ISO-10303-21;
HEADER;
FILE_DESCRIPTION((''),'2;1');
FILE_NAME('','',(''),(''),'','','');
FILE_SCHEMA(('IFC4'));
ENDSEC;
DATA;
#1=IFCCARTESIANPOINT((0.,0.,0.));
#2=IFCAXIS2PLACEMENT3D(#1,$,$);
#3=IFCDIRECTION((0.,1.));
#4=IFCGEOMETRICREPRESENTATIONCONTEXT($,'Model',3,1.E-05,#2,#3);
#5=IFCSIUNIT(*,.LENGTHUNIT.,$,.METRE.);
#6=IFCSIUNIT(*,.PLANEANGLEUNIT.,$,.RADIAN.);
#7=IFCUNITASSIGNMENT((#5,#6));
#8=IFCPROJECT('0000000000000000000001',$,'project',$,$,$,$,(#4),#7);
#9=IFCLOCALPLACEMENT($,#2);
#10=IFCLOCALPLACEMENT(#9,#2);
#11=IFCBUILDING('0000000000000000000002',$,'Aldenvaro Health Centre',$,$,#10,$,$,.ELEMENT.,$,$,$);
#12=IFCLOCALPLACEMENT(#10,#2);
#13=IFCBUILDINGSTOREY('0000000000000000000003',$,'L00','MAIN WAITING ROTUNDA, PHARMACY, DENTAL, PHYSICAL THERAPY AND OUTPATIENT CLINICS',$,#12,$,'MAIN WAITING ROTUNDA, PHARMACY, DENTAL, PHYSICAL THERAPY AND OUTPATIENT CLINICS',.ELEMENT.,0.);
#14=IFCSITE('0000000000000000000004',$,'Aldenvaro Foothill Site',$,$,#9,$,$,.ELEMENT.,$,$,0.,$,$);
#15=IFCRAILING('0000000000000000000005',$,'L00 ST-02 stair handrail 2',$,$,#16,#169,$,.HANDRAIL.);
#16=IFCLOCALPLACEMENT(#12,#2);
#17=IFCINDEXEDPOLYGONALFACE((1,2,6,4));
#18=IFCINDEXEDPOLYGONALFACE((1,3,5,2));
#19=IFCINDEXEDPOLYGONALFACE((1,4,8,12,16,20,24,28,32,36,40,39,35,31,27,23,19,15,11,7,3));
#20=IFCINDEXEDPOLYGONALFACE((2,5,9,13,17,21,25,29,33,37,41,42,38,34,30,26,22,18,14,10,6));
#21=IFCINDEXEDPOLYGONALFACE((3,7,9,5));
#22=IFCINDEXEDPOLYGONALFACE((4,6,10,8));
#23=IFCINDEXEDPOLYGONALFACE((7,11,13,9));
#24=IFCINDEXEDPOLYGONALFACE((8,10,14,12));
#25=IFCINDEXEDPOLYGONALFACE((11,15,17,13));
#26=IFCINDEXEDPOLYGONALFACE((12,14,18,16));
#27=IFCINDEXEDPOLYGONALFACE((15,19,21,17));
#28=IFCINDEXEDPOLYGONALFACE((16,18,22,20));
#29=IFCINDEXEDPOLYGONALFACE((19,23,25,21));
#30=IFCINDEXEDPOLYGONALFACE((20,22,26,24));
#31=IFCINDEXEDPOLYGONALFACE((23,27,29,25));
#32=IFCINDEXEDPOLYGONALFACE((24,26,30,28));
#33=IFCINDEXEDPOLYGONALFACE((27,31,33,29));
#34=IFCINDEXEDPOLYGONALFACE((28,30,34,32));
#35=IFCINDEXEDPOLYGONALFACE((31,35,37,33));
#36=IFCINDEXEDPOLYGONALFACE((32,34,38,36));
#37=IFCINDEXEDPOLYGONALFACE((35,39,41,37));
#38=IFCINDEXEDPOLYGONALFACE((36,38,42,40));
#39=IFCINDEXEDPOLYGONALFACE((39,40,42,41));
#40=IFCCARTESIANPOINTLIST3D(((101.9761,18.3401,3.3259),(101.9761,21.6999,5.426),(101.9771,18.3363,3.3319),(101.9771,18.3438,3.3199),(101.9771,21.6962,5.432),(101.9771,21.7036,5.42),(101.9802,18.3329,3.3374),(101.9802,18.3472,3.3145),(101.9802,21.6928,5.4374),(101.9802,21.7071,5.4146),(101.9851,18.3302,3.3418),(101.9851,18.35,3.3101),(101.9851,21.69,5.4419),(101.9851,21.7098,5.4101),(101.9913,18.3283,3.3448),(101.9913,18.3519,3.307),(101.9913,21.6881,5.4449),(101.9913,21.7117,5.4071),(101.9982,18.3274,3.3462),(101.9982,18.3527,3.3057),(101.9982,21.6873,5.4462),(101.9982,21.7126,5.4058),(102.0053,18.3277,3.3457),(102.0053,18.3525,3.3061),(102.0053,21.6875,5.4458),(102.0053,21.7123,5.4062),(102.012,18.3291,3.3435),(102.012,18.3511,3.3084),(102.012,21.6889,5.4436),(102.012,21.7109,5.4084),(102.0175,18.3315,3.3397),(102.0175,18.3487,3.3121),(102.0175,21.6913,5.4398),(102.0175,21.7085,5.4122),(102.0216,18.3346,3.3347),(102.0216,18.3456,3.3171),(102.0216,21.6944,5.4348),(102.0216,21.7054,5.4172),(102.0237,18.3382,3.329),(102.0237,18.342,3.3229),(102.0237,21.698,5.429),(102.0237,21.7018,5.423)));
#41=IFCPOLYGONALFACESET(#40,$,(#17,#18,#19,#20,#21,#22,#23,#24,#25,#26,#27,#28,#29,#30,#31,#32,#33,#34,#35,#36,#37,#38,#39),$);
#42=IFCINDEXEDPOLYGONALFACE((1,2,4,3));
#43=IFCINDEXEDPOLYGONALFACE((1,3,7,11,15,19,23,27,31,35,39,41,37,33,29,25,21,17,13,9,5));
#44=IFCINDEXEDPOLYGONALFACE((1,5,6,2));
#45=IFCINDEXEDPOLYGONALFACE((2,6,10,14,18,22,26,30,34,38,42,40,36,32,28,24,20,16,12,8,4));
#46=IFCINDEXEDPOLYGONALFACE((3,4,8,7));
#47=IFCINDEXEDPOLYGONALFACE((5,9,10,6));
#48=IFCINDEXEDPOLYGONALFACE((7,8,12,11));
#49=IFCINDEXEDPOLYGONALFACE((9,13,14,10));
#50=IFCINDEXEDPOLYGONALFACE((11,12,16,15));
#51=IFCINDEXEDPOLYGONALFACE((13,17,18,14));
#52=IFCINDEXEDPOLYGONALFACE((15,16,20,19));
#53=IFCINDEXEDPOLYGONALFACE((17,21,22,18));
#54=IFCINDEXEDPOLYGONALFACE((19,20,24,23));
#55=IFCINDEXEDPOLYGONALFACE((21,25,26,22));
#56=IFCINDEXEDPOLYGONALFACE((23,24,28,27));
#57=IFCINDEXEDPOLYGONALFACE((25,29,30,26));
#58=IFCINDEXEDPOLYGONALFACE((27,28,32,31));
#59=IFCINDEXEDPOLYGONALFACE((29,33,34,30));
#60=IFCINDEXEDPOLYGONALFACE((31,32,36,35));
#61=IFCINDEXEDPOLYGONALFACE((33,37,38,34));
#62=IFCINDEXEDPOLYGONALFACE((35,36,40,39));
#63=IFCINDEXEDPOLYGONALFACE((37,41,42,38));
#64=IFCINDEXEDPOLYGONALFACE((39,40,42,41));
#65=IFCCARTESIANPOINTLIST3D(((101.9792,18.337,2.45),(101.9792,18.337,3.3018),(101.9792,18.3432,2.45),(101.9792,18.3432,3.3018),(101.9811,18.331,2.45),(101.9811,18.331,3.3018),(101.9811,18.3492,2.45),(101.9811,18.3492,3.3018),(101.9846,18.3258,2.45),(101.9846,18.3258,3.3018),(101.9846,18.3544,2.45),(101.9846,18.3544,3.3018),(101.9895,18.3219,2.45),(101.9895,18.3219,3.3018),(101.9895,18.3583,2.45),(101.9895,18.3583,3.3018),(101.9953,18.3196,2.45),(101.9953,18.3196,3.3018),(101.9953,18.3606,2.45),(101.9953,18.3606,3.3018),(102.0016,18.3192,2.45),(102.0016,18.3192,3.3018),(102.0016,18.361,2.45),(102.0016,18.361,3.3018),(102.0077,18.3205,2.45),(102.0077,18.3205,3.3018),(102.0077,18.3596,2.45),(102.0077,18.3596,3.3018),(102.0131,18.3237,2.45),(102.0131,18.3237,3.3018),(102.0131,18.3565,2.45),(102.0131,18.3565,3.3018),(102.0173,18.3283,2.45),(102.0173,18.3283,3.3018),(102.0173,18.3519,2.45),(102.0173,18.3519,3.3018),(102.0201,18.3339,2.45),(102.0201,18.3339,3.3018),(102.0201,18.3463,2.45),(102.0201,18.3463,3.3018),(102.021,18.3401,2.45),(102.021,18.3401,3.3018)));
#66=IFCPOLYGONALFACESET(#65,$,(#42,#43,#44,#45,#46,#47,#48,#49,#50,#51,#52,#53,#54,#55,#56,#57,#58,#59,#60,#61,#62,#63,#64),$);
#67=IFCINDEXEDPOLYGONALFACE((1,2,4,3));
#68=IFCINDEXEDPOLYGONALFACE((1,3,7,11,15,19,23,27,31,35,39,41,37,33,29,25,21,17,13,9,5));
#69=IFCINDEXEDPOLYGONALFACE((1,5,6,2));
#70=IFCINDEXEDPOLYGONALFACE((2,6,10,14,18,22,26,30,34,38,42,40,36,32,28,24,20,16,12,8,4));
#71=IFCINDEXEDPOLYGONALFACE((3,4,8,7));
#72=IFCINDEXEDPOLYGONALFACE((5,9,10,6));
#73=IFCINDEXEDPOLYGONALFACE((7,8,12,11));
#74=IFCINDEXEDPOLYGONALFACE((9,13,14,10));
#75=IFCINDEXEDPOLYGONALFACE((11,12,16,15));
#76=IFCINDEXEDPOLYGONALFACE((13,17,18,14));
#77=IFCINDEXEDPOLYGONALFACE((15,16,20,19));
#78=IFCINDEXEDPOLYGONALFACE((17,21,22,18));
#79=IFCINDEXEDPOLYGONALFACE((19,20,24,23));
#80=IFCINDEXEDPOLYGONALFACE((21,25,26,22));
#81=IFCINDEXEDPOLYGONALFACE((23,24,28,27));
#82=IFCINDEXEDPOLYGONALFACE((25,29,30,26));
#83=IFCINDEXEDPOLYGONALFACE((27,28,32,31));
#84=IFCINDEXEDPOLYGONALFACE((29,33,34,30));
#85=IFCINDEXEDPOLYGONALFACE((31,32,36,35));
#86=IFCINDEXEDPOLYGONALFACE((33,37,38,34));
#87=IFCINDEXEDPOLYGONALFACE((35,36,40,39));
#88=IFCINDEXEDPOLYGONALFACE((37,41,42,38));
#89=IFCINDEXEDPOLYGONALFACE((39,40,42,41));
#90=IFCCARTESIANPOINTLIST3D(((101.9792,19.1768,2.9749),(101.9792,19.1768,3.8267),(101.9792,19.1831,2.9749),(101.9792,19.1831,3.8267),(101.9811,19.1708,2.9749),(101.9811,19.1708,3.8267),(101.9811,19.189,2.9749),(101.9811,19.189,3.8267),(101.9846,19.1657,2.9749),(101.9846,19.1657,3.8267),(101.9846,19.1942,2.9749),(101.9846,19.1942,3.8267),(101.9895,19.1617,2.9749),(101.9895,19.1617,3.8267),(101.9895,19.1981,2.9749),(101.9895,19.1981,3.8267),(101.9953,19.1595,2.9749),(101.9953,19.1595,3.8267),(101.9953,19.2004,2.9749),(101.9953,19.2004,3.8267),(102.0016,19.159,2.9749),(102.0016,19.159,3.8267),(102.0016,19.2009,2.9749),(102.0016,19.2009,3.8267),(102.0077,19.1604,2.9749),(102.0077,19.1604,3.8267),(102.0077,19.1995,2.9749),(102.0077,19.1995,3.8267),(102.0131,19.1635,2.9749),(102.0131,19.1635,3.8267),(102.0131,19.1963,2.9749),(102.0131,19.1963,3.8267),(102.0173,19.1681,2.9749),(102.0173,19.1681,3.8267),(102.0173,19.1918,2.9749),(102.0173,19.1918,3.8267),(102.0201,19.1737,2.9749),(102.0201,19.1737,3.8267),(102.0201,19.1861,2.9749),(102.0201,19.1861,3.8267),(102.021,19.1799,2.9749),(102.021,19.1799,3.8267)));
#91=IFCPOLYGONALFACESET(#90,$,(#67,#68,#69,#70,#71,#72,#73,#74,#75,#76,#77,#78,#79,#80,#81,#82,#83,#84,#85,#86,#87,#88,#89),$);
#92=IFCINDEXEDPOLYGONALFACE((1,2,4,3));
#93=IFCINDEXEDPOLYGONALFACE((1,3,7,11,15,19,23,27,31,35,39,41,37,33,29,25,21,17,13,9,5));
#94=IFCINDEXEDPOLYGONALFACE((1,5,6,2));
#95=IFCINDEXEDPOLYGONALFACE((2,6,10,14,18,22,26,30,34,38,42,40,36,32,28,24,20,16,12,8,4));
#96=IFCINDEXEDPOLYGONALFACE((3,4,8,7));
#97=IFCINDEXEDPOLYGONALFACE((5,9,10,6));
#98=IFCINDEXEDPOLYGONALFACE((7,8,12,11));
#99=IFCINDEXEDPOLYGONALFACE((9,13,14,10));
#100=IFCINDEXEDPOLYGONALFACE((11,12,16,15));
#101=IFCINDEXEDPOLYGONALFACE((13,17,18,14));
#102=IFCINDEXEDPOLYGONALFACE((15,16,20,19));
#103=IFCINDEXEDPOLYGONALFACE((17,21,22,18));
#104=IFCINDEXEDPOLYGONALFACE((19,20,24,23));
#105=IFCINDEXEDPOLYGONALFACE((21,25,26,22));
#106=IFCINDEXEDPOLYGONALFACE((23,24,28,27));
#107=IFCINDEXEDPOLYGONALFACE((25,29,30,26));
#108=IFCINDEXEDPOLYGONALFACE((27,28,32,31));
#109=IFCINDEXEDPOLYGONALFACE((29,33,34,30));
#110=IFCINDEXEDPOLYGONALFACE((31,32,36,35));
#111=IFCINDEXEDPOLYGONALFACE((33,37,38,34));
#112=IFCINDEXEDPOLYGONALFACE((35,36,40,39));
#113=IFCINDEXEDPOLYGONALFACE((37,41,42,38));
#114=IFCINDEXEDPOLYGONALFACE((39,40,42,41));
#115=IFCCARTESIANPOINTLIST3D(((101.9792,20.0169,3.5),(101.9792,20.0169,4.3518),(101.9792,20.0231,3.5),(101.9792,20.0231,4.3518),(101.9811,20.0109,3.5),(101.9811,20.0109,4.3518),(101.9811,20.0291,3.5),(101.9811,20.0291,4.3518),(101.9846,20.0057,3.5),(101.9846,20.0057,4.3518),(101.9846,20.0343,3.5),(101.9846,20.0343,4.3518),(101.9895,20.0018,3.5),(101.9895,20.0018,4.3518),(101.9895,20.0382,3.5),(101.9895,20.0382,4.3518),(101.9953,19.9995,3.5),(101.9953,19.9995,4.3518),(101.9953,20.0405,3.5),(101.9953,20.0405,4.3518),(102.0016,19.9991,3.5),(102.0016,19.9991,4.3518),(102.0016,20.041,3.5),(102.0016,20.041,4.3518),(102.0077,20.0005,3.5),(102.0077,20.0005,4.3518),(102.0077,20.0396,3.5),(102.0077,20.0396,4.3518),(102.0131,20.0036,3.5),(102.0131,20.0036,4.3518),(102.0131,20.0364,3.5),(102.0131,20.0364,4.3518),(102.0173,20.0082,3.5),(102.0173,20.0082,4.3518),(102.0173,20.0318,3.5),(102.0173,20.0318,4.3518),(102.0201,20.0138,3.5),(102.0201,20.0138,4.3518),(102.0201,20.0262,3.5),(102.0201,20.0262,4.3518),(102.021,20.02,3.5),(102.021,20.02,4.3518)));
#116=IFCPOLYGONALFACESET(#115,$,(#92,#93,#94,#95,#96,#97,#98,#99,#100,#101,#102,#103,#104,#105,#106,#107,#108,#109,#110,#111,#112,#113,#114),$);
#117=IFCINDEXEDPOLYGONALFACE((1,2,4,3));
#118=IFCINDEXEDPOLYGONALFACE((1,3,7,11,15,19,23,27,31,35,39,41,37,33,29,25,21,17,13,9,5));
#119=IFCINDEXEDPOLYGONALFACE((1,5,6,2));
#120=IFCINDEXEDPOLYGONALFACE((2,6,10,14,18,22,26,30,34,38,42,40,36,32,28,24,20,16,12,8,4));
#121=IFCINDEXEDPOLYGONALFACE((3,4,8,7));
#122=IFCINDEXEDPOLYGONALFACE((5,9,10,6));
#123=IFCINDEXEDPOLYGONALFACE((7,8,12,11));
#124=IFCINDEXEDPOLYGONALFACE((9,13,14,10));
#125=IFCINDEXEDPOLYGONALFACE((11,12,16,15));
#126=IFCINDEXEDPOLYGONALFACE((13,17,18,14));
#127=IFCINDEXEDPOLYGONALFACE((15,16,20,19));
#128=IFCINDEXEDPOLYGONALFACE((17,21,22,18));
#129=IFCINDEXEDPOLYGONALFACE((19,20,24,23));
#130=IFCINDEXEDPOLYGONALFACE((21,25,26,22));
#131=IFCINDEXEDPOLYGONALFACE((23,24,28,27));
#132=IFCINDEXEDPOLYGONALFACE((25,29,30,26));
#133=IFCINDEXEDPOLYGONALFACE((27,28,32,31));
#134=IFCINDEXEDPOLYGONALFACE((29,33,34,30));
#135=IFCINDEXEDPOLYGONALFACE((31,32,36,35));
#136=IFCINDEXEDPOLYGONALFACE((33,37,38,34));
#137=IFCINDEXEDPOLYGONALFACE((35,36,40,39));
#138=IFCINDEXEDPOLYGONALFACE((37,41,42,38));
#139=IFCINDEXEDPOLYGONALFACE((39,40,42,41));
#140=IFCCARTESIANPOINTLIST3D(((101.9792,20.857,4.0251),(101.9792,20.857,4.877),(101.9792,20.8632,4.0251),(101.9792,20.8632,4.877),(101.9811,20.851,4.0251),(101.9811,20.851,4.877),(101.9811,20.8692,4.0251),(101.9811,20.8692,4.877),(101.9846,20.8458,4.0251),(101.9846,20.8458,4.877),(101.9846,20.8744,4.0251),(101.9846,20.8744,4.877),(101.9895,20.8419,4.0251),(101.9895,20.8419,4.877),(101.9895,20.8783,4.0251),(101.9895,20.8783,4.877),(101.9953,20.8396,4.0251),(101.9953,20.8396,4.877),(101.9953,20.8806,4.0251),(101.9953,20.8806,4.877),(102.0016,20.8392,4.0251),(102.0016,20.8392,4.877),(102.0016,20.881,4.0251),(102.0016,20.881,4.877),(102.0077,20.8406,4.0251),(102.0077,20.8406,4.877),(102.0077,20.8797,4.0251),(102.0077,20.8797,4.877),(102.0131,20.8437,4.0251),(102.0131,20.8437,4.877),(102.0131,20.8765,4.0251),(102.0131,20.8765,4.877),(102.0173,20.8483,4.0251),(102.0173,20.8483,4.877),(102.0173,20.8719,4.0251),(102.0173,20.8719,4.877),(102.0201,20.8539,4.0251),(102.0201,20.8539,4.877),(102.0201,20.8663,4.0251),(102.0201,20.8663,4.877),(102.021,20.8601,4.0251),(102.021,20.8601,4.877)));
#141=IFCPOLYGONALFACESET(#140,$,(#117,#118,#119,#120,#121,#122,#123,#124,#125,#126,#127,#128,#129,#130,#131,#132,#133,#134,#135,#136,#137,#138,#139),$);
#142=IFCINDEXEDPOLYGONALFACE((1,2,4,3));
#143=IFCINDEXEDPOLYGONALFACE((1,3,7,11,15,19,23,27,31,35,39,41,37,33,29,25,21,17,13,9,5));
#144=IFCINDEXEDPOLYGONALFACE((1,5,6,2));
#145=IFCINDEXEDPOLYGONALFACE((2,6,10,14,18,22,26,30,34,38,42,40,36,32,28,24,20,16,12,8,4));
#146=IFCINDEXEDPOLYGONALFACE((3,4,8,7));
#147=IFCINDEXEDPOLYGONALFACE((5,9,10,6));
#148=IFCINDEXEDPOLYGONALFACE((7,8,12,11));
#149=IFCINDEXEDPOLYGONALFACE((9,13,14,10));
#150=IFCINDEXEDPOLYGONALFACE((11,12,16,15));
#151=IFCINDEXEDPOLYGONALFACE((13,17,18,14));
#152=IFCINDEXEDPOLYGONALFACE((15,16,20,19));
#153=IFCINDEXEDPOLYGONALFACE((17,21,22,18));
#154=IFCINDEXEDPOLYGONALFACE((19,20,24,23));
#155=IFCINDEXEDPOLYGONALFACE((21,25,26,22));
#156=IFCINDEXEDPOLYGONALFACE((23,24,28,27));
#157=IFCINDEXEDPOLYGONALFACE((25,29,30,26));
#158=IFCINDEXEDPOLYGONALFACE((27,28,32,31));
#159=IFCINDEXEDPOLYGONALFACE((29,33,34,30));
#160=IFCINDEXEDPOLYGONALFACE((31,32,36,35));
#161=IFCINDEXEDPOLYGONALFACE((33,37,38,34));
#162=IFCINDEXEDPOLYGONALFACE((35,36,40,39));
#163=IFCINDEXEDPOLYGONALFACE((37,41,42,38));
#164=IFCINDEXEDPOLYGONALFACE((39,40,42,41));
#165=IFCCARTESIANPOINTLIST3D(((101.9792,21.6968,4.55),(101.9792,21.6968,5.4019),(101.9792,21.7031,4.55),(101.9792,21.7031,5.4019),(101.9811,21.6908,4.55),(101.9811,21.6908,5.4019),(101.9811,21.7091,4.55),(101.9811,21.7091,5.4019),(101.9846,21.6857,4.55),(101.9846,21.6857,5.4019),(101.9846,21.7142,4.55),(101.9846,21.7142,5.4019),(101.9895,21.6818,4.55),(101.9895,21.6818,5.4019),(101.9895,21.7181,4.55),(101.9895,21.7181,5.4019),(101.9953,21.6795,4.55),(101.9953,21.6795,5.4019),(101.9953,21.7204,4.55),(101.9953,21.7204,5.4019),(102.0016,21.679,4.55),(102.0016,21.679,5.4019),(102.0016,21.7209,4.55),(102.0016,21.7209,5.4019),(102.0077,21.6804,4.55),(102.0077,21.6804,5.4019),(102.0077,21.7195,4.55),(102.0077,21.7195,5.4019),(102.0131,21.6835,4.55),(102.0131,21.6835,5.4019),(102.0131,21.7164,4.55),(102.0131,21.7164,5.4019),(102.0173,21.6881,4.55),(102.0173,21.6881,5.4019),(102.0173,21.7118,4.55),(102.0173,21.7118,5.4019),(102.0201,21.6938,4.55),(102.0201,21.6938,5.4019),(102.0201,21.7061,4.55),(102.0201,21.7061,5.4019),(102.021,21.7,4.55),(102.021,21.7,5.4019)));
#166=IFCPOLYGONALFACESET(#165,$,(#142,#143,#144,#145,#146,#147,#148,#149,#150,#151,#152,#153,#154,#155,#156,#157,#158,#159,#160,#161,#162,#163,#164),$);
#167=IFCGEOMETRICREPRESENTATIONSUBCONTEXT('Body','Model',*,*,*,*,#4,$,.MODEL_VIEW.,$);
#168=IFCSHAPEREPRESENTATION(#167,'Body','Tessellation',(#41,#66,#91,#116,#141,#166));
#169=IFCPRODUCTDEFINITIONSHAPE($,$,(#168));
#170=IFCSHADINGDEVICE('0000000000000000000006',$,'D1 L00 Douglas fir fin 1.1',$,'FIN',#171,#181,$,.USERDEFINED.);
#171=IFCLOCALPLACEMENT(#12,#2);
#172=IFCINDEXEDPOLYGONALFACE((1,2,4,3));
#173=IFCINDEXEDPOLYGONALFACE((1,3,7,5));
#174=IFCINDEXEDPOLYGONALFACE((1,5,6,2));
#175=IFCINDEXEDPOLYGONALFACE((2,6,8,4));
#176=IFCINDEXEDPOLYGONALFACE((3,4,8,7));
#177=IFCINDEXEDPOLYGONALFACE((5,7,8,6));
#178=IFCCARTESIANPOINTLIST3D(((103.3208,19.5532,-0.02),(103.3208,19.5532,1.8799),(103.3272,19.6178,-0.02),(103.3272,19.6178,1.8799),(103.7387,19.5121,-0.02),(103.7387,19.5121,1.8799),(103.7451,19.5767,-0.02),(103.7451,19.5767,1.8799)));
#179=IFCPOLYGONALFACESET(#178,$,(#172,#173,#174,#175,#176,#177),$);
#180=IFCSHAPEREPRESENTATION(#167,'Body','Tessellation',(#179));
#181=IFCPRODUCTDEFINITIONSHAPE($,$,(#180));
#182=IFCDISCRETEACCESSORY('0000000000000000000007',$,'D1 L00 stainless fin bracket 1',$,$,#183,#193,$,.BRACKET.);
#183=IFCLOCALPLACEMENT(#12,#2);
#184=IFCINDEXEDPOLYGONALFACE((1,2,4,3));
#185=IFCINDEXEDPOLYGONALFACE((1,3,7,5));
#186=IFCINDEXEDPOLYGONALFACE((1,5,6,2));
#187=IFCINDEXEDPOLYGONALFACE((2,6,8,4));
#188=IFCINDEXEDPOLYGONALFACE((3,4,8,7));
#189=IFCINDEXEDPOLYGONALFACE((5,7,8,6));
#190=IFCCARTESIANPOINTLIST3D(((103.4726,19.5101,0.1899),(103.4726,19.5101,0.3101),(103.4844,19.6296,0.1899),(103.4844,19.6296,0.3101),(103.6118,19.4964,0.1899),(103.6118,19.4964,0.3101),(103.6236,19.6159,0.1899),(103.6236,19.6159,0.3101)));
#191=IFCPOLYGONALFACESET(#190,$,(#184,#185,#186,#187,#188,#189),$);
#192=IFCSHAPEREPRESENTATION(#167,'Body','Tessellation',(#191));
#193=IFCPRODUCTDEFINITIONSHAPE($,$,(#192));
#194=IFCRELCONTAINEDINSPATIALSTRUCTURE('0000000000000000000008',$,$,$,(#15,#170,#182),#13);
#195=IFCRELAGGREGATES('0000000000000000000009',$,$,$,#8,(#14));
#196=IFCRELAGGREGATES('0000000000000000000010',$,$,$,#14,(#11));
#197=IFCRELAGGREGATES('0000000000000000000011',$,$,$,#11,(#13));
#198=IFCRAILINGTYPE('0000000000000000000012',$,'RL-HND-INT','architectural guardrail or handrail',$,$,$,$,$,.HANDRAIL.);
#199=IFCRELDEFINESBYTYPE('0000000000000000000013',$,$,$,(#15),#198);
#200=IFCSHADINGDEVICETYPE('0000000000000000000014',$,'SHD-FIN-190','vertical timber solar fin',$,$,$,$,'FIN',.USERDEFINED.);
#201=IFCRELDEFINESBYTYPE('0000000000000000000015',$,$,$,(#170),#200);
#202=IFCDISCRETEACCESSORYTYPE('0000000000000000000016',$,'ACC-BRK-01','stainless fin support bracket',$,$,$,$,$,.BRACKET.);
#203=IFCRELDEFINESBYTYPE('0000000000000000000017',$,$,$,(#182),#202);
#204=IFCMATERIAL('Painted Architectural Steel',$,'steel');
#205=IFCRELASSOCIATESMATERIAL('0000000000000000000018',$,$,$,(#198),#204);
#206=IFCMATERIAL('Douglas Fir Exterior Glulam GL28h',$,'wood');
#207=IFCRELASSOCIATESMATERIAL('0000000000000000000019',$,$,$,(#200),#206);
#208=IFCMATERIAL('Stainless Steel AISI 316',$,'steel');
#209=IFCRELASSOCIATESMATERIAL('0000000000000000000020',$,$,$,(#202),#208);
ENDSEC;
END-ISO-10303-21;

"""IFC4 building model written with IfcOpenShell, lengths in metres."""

from ifc_helpers import new_model, si_unit, direction, frame, origin, origin_2d, place, context, subcontext, project, spatial, rectangle, circle, extrude, material, type_object, element, save


model = new_model("IFC4")

# Units and contexts
model_context = context("Model", 3, precision=1e-05, world=origin(), true_north=direction((0.0, 1.0)))
body_context = subcontext(model_context, "Body", "Model", "MODEL_VIEW")
ifc_project = project(units=[si_unit("LENGTHUNIT", "METRE"), si_unit("PLANEANGLEUNIT", "RADIAN")], contexts=[model_context])

# Site, building, storey
site_placement = place(None, origin())
site = spatial("IfcSite", under=ifc_project, at=site_placement, Name="Aldenvaro Foothill Site", CompositionType="ELEMENT", RefElevation=0.0)
building_placement = place(site_placement, origin())
building = spatial("IfcBuilding", under=site, at=building_placement, Name="Aldenvaro Health Centre", CompositionType="ELEMENT")
storey_placement = place(building_placement, origin())
storey = spatial("IfcBuildingStorey", under=building, at=storey_placement, Name="L00", Description="MAIN WAITING ROTUNDA, PHARMACY, DENTAL, PHYSICAL THERAPY AND OUTPATIENT CLINICS", LongName="MAIN WAITING ROTUNDA, PHARMACY, DENTAL, PHYSICAL THERAPY AND OUTPATIENT CLINICS", CompositionType="ELEMENT", Elevation=0.0)

# Railing
ifc_material_1 = material(Name="Painted Architectural Steel", Category="steel")
railing_type = type_object("IfcRailingType", Name="RL-HND-INT", Description="architectural guardrail or handrail", PredefinedType="HANDRAIL", material=ifc_material_1)
railing_placement = place(storey_placement, frame((102.0, 18.3401, 2.45)))
element("IfcRailing", 1, at=railing_placement, inside=storey, type_object=railing_type, Name="L00 ST-02 stair handrail 2", PredefinedType="HANDRAIL", context=body_context, shape_type="SweptSolid", body=[
    extrude(circle(Radius=0.0239, at=origin_2d()), frame((0.0, 0.0, 0.876), z_axis=(0.0, 0.847978, 0.530032), x_axis=(-1.0, 0.0, 0.0)), (0.0, 0.0, 1.0), 3.9622),
    extrude(circle(Radius=0.021, at=origin_2d()), origin(), (0.0, 0.0, 1.0), 0.8518),
    extrude(circle(Radius=0.021, at=origin_2d()), frame((0.0, 0.8398, 0.5249)), (0.0, 0.0, 1.0), 0.8518),
    extrude(circle(Radius=0.021, at=origin_2d()), frame((0.0, 1.6799, 1.05)), (0.0, 0.0, 1.0), 0.8518),
    extrude(circle(Radius=0.021, at=origin_2d()), frame((0.0, 2.52, 1.5752)), (0.0, 0.0, 1.0), 0.8518),
    extrude(circle(Radius=0.021, at=origin_2d()), frame((0.0, 3.3599, 2.1001)), (0.0, 0.0, 1.0), 0.8518),
])

# Shading device
ifc_material_2 = material(Name="Douglas Fir Exterior Glulam GL28h", Category="wood")
shading_device_type = type_object("IfcShadingDeviceType", Name="SHD-FIN-190", Description="vertical timber solar fin", ElementType="FIN", PredefinedType="USERDEFINED", material=ifc_material_2)
shading_device_placement = place(storey_placement, frame((103.533, 19.5649, -0.02), z_axis=(0.0, 0.0, 1.0), x_axis=(-0.097994, -0.995187, 0.0)))
element("IfcShadingDevice", 2, at=shading_device_placement, inside=storey, type_object=shading_device_type, Name="D1 L00 Douglas fir fin 1.1", ObjectType="FIN", PredefinedType="USERDEFINED", context=body_context, shape_type="SweptSolid", body=[
    extrude(rectangle(XDim=0.0649, YDim=0.4199, at=origin_2d()), origin(), (0.0, 0.0, 1.0), 1.8999),
])

# Discrete accessory
ifc_material_3 = material(Name="Stainless Steel AISI 316", Category="steel")
discrete_accessory_type = type_object("IfcDiscreteAccessoryType", Name="ACC-BRK-01", Description="stainless fin support bracket", PredefinedType="BRACKET", material=ifc_material_3)
discrete_accessory_placement = place(storey_placement, frame((103.5481, 19.563, 0.1899), z_axis=(0.0, 0.0, 1.0), x_axis=(-0.097994, -0.995187, 0.0)))
element("IfcDiscreteAccessory", 3, at=discrete_accessory_placement, inside=storey, type_object=discrete_accessory_type, Name="D1 L00 stainless fin bracket 1", PredefinedType="BRACKET", context=body_context, shape_type="SweptSolid", body=[
    extrude(rectangle(XDim=0.1201, YDim=0.1399, at=origin_2d()), origin(), (0.0, 0.0, 1.0), 0.1201),
])

save(model, "model.ifc")
